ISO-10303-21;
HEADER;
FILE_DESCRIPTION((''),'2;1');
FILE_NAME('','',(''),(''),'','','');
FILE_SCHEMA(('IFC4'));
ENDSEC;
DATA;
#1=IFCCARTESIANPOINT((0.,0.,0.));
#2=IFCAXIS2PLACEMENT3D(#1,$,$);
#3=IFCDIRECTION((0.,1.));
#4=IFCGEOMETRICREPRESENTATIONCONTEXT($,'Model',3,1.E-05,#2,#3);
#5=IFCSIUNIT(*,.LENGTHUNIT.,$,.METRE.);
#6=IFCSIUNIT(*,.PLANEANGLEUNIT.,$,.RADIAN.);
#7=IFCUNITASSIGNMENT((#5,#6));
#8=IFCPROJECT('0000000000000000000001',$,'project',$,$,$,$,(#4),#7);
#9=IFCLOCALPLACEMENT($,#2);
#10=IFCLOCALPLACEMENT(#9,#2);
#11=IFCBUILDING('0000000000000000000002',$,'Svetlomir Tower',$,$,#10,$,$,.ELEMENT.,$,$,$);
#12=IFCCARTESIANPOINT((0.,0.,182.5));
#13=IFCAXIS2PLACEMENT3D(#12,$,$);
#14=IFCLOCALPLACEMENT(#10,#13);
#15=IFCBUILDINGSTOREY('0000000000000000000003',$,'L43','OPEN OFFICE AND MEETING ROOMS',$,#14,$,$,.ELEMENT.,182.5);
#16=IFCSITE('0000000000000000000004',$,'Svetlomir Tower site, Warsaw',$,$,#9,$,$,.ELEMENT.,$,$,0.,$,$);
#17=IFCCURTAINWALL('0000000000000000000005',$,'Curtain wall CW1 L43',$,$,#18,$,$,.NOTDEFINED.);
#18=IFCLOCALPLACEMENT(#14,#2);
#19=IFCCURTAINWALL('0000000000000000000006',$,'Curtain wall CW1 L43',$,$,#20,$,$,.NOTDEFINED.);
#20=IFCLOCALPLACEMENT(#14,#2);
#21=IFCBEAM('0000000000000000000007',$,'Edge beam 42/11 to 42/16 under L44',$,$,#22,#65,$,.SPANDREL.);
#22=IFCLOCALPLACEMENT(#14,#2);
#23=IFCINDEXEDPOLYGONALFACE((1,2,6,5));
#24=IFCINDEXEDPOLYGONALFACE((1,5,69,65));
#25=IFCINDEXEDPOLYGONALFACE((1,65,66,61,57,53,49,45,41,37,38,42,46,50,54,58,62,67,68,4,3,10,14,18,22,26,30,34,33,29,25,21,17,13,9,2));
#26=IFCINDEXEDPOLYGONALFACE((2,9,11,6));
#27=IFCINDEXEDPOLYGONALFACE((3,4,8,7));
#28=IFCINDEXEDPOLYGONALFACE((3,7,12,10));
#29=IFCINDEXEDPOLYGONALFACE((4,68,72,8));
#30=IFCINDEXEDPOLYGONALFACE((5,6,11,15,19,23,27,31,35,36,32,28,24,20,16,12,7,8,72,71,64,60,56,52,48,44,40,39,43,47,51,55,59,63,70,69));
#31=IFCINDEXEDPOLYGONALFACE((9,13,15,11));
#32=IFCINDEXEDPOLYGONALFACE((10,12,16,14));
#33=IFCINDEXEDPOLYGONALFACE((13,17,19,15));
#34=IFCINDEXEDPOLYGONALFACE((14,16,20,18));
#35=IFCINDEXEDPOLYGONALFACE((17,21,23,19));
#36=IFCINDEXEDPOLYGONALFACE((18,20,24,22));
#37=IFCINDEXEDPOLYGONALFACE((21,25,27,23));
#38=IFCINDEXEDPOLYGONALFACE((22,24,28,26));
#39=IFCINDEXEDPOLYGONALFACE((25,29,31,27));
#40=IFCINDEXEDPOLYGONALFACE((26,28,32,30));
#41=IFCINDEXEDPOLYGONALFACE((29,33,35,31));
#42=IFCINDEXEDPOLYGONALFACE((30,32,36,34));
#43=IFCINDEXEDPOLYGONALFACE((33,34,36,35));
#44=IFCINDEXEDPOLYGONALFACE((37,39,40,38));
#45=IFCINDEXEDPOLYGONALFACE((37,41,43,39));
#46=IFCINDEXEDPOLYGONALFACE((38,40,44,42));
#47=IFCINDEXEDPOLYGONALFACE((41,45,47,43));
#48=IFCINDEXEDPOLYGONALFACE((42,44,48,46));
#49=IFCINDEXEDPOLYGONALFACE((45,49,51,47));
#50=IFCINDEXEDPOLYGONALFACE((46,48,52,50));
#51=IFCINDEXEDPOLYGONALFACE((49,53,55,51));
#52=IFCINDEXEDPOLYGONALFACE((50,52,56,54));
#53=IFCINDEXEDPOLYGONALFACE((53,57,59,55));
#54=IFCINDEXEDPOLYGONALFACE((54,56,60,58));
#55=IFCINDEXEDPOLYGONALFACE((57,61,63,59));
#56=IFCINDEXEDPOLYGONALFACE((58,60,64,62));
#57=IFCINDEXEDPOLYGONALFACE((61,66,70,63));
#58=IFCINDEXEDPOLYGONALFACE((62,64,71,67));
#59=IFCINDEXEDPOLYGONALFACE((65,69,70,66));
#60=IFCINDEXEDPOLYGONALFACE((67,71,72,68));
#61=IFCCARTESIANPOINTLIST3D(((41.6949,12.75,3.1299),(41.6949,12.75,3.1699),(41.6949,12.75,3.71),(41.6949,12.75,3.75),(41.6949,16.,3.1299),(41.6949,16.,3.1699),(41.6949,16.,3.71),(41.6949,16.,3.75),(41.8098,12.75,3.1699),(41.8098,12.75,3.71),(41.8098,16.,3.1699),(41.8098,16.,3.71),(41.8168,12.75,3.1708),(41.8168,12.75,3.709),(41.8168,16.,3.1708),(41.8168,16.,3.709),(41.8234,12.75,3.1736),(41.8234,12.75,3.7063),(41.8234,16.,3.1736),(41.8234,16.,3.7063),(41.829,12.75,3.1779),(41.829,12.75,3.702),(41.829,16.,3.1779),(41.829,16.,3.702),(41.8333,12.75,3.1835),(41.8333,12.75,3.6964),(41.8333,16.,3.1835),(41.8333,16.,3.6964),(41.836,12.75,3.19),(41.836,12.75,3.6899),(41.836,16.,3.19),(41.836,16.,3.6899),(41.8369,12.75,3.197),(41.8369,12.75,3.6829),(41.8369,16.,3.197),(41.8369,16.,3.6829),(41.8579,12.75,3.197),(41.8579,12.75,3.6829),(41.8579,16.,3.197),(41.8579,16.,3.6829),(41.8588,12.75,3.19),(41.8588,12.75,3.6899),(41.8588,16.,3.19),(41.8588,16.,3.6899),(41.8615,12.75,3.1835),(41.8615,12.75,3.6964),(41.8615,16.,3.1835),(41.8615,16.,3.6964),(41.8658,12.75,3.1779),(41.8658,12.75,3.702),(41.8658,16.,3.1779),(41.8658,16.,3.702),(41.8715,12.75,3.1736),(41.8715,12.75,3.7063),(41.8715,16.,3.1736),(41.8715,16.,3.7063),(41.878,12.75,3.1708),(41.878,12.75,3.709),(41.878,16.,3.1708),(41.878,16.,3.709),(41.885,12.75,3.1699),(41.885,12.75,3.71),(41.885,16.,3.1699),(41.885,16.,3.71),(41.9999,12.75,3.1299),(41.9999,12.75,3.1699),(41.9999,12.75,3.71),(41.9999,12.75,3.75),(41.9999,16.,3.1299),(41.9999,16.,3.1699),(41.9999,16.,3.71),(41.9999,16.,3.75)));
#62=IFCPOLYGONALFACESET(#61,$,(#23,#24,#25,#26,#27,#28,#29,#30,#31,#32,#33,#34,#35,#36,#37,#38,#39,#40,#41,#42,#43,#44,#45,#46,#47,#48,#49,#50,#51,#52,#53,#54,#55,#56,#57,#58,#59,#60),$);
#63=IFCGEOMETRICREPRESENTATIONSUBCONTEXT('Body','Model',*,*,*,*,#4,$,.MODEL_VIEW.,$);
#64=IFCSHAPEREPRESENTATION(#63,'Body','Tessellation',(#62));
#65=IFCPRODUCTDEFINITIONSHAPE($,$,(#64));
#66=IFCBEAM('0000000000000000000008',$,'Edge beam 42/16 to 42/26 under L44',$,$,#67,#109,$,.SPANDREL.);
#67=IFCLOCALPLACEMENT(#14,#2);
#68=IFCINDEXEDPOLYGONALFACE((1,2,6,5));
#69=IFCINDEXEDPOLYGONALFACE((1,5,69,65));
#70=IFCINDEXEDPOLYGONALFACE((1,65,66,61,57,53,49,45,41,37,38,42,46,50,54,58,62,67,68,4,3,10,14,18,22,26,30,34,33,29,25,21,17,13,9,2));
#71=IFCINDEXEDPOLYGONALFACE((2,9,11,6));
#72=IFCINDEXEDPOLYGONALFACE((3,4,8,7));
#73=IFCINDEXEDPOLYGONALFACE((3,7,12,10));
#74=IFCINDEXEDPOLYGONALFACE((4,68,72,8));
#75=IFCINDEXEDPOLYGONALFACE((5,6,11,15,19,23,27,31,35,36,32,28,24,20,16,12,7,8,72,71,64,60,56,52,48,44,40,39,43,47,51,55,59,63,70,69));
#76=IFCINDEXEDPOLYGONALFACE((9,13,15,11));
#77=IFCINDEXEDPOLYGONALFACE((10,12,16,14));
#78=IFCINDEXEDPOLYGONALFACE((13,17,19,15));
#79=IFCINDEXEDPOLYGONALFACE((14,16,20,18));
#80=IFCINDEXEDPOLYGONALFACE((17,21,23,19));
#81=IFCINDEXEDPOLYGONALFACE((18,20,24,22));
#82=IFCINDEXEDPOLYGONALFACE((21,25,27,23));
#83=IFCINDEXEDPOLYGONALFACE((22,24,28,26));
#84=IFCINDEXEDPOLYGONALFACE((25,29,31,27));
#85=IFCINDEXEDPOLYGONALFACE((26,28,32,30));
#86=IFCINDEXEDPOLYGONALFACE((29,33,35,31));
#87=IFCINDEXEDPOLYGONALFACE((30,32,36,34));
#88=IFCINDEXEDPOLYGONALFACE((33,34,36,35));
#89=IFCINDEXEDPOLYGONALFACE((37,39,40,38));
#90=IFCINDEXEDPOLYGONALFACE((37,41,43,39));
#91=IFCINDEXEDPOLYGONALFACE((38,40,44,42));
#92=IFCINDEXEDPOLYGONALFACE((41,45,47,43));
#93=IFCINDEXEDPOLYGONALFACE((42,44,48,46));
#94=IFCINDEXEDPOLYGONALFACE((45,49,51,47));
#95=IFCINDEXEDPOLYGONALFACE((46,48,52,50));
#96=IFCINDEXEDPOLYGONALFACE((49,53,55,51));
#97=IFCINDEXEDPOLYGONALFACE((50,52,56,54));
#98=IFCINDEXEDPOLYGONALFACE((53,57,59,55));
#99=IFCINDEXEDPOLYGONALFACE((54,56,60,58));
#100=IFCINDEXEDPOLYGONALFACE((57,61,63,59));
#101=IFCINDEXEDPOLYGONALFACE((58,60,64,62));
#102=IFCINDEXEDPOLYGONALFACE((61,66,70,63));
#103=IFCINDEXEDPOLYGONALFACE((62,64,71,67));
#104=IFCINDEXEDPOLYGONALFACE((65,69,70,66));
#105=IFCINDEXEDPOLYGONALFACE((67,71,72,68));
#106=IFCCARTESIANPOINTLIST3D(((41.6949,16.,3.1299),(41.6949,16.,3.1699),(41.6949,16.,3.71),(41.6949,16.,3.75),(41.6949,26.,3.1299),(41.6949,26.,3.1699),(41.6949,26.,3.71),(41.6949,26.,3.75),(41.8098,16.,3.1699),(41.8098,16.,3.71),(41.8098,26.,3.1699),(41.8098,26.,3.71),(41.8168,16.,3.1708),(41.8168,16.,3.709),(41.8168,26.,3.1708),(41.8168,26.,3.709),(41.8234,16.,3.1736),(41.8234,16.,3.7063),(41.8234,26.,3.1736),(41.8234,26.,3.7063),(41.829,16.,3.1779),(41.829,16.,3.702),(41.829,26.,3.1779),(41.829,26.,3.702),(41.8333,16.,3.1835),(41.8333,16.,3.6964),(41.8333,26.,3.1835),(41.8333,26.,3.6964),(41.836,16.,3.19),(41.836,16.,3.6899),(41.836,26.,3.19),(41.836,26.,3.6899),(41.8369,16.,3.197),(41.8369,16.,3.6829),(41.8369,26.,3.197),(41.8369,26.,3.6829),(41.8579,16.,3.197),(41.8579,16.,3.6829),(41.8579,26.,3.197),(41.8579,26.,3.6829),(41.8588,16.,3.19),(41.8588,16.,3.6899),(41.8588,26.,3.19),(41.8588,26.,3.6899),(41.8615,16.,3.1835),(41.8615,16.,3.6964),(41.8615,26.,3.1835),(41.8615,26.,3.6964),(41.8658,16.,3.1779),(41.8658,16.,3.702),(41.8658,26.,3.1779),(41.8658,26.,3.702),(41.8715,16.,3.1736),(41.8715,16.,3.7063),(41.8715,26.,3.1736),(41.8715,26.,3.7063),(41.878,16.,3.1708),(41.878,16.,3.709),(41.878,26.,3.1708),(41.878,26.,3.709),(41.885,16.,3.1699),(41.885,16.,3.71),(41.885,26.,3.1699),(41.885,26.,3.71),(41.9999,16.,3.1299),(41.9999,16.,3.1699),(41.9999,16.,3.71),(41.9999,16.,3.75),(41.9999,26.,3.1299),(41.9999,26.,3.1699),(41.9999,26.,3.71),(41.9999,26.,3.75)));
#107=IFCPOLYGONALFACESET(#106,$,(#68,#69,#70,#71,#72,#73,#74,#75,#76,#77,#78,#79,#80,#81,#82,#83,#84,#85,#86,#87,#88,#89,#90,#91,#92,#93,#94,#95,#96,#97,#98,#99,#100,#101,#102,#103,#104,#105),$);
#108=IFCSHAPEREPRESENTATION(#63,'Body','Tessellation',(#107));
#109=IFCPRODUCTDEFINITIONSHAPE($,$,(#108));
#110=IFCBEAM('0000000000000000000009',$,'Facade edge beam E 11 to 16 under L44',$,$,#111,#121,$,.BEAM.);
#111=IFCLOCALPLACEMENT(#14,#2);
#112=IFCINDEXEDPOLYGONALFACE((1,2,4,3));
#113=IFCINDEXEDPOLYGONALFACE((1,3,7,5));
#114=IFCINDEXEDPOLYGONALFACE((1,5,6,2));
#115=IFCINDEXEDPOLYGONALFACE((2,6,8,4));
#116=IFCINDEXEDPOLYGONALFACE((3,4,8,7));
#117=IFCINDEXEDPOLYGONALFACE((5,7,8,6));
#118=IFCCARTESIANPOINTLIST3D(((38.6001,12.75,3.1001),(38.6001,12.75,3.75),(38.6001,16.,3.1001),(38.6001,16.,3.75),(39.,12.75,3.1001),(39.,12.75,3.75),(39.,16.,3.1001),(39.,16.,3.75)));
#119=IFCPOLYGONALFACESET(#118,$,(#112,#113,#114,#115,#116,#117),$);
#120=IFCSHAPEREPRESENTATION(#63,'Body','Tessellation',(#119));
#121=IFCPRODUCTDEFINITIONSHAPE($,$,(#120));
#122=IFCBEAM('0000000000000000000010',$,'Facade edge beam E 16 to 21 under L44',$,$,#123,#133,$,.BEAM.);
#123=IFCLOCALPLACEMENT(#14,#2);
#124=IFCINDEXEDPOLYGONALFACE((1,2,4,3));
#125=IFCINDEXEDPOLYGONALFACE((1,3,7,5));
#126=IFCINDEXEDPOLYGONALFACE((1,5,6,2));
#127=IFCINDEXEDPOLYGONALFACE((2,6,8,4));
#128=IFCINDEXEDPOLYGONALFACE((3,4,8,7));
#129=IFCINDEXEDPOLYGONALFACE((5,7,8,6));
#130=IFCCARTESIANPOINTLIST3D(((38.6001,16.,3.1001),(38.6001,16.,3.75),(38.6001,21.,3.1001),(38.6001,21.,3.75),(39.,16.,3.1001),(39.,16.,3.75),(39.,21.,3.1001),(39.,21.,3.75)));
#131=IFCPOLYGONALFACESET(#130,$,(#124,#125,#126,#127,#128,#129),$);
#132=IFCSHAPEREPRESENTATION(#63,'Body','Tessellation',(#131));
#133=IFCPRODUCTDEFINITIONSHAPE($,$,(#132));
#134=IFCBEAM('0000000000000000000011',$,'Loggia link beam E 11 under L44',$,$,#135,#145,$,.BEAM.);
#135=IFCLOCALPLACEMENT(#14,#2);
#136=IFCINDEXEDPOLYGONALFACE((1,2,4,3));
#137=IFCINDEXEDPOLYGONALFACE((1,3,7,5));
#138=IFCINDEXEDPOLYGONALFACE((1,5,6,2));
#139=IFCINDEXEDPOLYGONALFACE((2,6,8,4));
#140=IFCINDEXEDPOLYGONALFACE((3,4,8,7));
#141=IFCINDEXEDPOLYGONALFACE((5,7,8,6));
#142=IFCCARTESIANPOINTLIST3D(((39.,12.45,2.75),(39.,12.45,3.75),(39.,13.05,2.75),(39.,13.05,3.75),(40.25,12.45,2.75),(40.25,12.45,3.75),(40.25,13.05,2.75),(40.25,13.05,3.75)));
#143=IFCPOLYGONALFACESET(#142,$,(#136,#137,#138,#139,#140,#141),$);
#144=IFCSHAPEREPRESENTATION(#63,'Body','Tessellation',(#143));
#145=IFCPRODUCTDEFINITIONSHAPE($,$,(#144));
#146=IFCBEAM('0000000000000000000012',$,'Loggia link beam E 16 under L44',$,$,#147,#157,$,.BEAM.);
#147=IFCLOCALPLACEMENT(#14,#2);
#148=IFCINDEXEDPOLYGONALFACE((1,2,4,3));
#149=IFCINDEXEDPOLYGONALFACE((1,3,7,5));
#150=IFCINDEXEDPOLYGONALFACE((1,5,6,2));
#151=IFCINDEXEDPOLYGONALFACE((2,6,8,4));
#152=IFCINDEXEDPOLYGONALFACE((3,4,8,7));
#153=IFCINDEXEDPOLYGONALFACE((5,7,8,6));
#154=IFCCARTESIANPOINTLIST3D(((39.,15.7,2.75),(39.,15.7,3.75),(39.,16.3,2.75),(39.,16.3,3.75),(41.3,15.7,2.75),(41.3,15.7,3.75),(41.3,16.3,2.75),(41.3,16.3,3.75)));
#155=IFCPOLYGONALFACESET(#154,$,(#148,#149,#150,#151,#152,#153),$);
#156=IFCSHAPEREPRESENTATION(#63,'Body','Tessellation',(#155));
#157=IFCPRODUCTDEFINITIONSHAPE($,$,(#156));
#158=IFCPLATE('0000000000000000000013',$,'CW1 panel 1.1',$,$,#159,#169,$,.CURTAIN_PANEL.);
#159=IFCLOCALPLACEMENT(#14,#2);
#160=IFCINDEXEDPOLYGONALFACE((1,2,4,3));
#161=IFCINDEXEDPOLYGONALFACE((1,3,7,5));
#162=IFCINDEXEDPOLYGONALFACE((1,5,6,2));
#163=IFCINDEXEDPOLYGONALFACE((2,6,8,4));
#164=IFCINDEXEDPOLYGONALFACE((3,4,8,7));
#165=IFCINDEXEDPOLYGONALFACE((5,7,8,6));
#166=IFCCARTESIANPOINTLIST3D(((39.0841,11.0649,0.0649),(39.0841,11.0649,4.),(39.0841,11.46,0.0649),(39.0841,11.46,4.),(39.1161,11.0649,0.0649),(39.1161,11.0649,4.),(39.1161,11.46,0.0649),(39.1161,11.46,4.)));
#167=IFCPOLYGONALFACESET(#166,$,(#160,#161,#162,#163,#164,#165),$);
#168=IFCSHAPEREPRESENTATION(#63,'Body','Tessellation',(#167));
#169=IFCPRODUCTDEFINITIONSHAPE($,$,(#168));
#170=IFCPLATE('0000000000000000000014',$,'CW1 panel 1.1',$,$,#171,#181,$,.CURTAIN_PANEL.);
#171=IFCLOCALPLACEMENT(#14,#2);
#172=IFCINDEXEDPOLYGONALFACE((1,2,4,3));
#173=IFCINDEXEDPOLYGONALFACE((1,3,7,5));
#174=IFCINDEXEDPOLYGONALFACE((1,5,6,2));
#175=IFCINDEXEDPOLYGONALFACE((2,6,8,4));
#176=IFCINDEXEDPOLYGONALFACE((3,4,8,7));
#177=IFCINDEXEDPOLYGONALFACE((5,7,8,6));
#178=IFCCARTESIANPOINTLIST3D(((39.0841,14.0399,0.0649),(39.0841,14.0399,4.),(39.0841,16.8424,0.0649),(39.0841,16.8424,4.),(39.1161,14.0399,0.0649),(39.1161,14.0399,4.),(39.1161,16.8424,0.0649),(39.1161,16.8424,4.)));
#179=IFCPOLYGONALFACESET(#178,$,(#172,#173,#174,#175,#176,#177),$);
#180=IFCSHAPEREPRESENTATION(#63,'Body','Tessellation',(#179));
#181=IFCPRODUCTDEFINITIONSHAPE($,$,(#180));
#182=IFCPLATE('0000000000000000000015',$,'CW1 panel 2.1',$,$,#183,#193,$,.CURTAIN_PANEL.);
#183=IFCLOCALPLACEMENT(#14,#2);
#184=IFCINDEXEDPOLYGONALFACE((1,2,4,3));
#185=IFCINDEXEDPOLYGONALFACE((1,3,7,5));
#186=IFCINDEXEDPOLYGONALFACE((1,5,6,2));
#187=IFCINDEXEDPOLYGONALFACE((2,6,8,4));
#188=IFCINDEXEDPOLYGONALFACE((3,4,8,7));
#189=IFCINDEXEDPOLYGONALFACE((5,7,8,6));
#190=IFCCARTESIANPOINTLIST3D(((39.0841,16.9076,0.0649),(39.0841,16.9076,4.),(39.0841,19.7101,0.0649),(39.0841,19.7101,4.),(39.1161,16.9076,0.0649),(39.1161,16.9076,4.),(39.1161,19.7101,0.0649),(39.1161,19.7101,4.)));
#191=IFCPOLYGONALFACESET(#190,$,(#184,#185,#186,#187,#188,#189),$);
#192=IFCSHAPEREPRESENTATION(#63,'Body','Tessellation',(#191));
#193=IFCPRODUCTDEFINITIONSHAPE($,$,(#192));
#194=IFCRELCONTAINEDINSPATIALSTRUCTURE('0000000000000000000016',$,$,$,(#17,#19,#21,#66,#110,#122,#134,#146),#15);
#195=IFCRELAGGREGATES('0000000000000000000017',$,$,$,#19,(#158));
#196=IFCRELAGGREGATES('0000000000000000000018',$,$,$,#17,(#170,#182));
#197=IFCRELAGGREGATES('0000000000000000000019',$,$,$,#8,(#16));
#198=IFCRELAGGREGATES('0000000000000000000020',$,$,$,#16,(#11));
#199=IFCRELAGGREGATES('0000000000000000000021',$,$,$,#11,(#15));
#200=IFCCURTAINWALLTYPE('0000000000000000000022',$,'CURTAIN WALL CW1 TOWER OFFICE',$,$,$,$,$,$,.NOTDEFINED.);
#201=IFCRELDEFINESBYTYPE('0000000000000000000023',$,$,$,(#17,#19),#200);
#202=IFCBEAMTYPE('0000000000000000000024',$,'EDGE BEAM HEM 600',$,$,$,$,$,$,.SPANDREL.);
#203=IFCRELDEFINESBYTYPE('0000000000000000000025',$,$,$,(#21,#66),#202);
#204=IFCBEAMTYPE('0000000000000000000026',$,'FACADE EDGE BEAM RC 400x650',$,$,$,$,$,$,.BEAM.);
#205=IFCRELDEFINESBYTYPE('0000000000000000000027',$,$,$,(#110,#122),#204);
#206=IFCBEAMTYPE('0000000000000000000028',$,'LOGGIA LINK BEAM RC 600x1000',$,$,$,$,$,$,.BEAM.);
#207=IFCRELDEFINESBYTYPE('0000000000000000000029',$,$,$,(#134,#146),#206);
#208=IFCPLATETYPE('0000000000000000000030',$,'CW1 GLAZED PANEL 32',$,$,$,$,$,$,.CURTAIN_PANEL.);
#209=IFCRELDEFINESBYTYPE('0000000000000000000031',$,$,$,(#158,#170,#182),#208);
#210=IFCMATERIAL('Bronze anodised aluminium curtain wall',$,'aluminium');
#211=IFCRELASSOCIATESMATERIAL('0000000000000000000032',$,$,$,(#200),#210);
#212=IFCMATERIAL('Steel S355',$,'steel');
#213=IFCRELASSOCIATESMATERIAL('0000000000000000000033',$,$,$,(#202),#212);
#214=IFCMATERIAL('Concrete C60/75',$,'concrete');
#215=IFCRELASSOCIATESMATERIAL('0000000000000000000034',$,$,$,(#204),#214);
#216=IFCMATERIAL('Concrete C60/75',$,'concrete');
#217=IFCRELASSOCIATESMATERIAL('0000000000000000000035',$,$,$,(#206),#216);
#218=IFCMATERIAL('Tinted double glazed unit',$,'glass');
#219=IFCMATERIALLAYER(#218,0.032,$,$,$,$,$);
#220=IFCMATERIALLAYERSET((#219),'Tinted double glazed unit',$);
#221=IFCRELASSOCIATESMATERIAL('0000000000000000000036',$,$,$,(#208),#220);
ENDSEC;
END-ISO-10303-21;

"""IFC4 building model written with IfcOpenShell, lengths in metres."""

from ifc_helpers import new_model, si_unit, direction, frame, origin, origin_2d, place, context, subcontext, project, spatial, rectangle, i_section, extrude, material, layer, layer_set, material_profile, profile_set, type_object, element, aggregate, save


model = new_model("IFC4")

# Units and contexts
model_context = context("Model", 3, precision=1e-05, world=origin(), true_north=direction((0.0, 1.0)))
body_context = subcontext(model_context, "Body", "Model", "MODEL_VIEW")
ifc_project = project(units=[si_unit("LENGTHUNIT", "METRE"), si_unit("PLANEANGLEUNIT", "RADIAN")], contexts=[model_context])

# Site, building, storey
site_placement = place(None, origin())
site = spatial("IfcSite", under=ifc_project, at=site_placement, Name="Svetlomir Tower site, Warsaw", CompositionType="ELEMENT", RefElevation=0.0)
building_placement = place(site_placement, origin())
building = spatial("IfcBuilding", under=site, at=building_placement, Name="Svetlomir Tower", CompositionType="ELEMENT")
storey_placement = place(building_placement, frame((0.0, 0.0, 182.5)))
storey = spatial("IfcBuildingStorey", under=building, at=storey_placement, Name="L43", Description="OPEN OFFICE AND MEETING ROOMS", CompositionType="ELEMENT", Elevation=182.5)

# Curtain wall
ifc_material_1 = material(Name="Bronze anodised aluminium curtain wall", Category="aluminium")
curtain_wall_type = type_object("IfcCurtainWallType", Name="CURTAIN WALL CW1 TOWER OFFICE", PredefinedType="NOTDEFINED", material=ifc_material_1)
curtain_wall_1_placement = place(storey_placement, origin())
curtain_wall_1 = element("IfcCurtainWall", 1, at=curtain_wall_1_placement, inside=storey, type_object=curtain_wall_type, Name="Curtain wall CW1 L43", PredefinedType="NOTDEFINED")

# Curtain wall
curtain_wall_2_placement = place(storey_placement, origin())
curtain_wall_2 = element("IfcCurtainWall", 2, at=curtain_wall_2_placement, inside=storey, type_object=curtain_wall_type, Name="Curtain wall CW1 L43", PredefinedType="NOTDEFINED")

# Beams
ifc_material_2 = material(Name="Steel S355", Category="steel")
ifc_material_profile_1 = material_profile(ifc_material_2, i_section(OverallWidth=0.3049, OverallDepth=0.6201, WebThickness=0.021, FlangeThickness=0.04, FilletRadius=0.0271, at=origin_2d()), Name="HEM 600")
ifc_profile_set_1 = profile_set([ifc_material_profile_1], Name="Steel S355")
beam_type_1 = type_object("IfcBeamType", Name="EDGE BEAM HEM 600", PredefinedType="SPANDREL", material=ifc_profile_set_1)
beam_1_placement = place(storey_placement, frame((41.8474, 12.75, 3.4399), z_axis=(0.0, 1.0, 0.0), x_axis=(-1.0, 0.0, 0.0)))
element("IfcBeam", 3, at=beam_1_placement, inside=storey, type_object=beam_type_1, Name="Edge beam 42/11 to 42/16 under L44", PredefinedType="SPANDREL", context=body_context, shape_type="SweptSolid", body=[
    extrude(i_section(OverallWidth=0.3049, OverallDepth=0.6201, WebThickness=0.021, FlangeThickness=0.04, FilletRadius=0.0271, at=origin_2d()), origin(), (0.0, 0.0, 1.0), 3.25),
])
beam_2_placement = place(storey_placement, frame((41.8474, 16.0, 3.4399), z_axis=(0.0, 1.0, 0.0), x_axis=(-1.0, 0.0, 0.0)))
element("IfcBeam", 4, at=beam_2_placement, inside=storey, type_object=beam_type_1, Name="Edge beam 42/16 to 42/26 under L44", PredefinedType="SPANDREL", context=body_context, shape_type="SweptSolid", body=[
    extrude(i_section(OverallWidth=0.3049, OverallDepth=0.6201, WebThickness=0.021, FlangeThickness=0.04, FilletRadius=0.0271, at=origin_2d()), origin(), (0.0, 0.0, 1.0), 10.0),
])
ifc_material_3 = material(Name="Concrete C60/75", Category="concrete")
ifc_material_profile_2 = material_profile(ifc_material_3, rectangle(XDim=0.3999, YDim=0.6499, at=origin_2d()), Name="RC 400x650")
ifc_profile_set_2 = profile_set([ifc_material_profile_2], Name="Concrete C60/75")
beam_type_2 = type_object("IfcBeamType", Name="FACADE EDGE BEAM RC 400x650", PredefinedType="BEAM", material=ifc_profile_set_2)
beam_3_placement = place(storey_placement, frame((38.8, 12.75, 3.425), z_axis=(0.0, 1.0, 0.0), x_axis=(-1.0, 0.0, 0.0)))
element("IfcBeam", 5, at=beam_3_placement, inside=storey, type_object=beam_type_2, Name="Facade edge beam E 11 to 16 under L44", PredefinedType="BEAM", context=body_context, shape_type="SweptSolid", body=[
    extrude(rectangle(XDim=0.3999, YDim=0.6499, at=origin_2d()), origin(), (0.0, 0.0, 1.0), 3.25),
])
beam_4_placement = place(storey_placement, frame((38.8, 16.0, 3.425), z_axis=(0.0, 1.0, 0.0), x_axis=(-1.0, 0.0, 0.0)))
element("IfcBeam", 6, at=beam_4_placement, inside=storey, type_object=beam_type_2, Name="Facade edge beam E 16 to 21 under L44", PredefinedType="BEAM", context=body_context, shape_type="SweptSolid", body=[
    extrude(rectangle(XDim=0.3999, YDim=0.6499, at=origin_2d()), origin(), (0.0, 0.0, 1.0), 5.0),
])
ifc_material_4 = material(Name="Concrete C60/75", Category="concrete")
ifc_material_profile_3 = material_profile(ifc_material_4, rectangle(XDim=0.6001, YDim=1.0, at=origin_2d()), Name="RC 600x1000")
ifc_profile_set_3 = profile_set([ifc_material_profile_3], Name="Concrete C60/75")
beam_type_3 = type_object("IfcBeamType", Name="LOGGIA LINK BEAM RC 600x1000", PredefinedType="BEAM", material=ifc_profile_set_3)
beam_5_placement = place(storey_placement, frame((40.25, 12.75, 3.25), z_axis=(-1.0, 0.0, 0.0), x_axis=(0.0, -1.0, 0.0)))
element("IfcBeam", 7, at=beam_5_placement, inside=storey, type_object=beam_type_3, Name="Loggia link beam E 11 under L44", PredefinedType="BEAM", context=body_context, shape_type="SweptSolid", body=[
    extrude(rectangle(XDim=0.6001, YDim=1.0, at=origin_2d()), origin(), (0.0, 0.0, 1.0), 1.25),
])
beam_6_placement = place(storey_placement, frame((41.3, 16.0, 3.25), z_axis=(-1.0, 0.0, 0.0), x_axis=(0.0, -1.0, 0.0)))
element("IfcBeam", 8, at=beam_6_placement, inside=storey, type_object=beam_type_3, Name="Loggia link beam E 16 under L44", PredefinedType="BEAM", context=body_context, shape_type="SweptSolid", body=[
    extrude(rectangle(XDim=0.6001, YDim=1.0, at=origin_2d()), origin(), (0.0, 0.0, 1.0), 2.3),
])

# Plates
ifc_material_5 = material(Name="Tinted double glazed unit", Category="glass")
ifc_layer_1 = layer(ifc_material_5, 0.032)
ifc_layer_set_1 = layer_set([ifc_layer_1], Name="Tinted double glazed unit")
plate_type = type_object("IfcPlateType", Name="CW1 GLAZED PANEL 32", PredefinedType="CURTAIN_PANEL", material=ifc_layer_set_1)
plate_1_placement = place(storey_placement, frame((39.1001, 11.2625, 0.0649), z_axis=(0.0, 0.0, 1.0), x_axis=(0.0, 1.0, 0.0)))
plate_1 = element("IfcPlate", 9, at=plate_1_placement, type_object=plate_type, Name="CW1 panel 1.1", PredefinedType="CURTAIN_PANEL", context=body_context, shape_type="SweptSolid", body=[
    extrude(rectangle(XDim=0.395, YDim=0.032, at=origin_2d()), origin(), (0.0, 0.0, 1.0), 3.9351),
])
aggregate(curtain_wall_2, [plate_1])
plate_2_placement = place(storey_placement, frame((39.1001, 15.4412, 0.0649), z_axis=(0.0, 0.0, 1.0), x_axis=(0.0, 1.0, 0.0)))
plate_2 = element("IfcPlate", 10, at=plate_2_placement, type_object=plate_type, Name="CW1 panel 1.1", PredefinedType="CURTAIN_PANEL", context=body_context, shape_type="SweptSolid", body=[
    extrude(rectangle(XDim=2.8025, YDim=0.032, at=origin_2d()), origin(), (0.0, 0.0, 1.0), 3.9351),
])
plate_3_placement = place(storey_placement, frame((39.1001, 18.3088, 0.0649), z_axis=(0.0, 0.0, 1.0), x_axis=(0.0, 1.0, 0.0)))
plate_3 = element("IfcPlate", 11, at=plate_3_placement, type_object=plate_type, Name="CW1 panel 2.1", PredefinedType="CURTAIN_PANEL", context=body_context, shape_type="SweptSolid", body=[
    extrude(rectangle(XDim=2.8025, YDim=0.032, at=origin_2d()), origin(), (0.0, 0.0, 1.0), 3.9351),
])
aggregate(curtain_wall_1, [plate_2, plate_3])

save(model, "model.ifc")
